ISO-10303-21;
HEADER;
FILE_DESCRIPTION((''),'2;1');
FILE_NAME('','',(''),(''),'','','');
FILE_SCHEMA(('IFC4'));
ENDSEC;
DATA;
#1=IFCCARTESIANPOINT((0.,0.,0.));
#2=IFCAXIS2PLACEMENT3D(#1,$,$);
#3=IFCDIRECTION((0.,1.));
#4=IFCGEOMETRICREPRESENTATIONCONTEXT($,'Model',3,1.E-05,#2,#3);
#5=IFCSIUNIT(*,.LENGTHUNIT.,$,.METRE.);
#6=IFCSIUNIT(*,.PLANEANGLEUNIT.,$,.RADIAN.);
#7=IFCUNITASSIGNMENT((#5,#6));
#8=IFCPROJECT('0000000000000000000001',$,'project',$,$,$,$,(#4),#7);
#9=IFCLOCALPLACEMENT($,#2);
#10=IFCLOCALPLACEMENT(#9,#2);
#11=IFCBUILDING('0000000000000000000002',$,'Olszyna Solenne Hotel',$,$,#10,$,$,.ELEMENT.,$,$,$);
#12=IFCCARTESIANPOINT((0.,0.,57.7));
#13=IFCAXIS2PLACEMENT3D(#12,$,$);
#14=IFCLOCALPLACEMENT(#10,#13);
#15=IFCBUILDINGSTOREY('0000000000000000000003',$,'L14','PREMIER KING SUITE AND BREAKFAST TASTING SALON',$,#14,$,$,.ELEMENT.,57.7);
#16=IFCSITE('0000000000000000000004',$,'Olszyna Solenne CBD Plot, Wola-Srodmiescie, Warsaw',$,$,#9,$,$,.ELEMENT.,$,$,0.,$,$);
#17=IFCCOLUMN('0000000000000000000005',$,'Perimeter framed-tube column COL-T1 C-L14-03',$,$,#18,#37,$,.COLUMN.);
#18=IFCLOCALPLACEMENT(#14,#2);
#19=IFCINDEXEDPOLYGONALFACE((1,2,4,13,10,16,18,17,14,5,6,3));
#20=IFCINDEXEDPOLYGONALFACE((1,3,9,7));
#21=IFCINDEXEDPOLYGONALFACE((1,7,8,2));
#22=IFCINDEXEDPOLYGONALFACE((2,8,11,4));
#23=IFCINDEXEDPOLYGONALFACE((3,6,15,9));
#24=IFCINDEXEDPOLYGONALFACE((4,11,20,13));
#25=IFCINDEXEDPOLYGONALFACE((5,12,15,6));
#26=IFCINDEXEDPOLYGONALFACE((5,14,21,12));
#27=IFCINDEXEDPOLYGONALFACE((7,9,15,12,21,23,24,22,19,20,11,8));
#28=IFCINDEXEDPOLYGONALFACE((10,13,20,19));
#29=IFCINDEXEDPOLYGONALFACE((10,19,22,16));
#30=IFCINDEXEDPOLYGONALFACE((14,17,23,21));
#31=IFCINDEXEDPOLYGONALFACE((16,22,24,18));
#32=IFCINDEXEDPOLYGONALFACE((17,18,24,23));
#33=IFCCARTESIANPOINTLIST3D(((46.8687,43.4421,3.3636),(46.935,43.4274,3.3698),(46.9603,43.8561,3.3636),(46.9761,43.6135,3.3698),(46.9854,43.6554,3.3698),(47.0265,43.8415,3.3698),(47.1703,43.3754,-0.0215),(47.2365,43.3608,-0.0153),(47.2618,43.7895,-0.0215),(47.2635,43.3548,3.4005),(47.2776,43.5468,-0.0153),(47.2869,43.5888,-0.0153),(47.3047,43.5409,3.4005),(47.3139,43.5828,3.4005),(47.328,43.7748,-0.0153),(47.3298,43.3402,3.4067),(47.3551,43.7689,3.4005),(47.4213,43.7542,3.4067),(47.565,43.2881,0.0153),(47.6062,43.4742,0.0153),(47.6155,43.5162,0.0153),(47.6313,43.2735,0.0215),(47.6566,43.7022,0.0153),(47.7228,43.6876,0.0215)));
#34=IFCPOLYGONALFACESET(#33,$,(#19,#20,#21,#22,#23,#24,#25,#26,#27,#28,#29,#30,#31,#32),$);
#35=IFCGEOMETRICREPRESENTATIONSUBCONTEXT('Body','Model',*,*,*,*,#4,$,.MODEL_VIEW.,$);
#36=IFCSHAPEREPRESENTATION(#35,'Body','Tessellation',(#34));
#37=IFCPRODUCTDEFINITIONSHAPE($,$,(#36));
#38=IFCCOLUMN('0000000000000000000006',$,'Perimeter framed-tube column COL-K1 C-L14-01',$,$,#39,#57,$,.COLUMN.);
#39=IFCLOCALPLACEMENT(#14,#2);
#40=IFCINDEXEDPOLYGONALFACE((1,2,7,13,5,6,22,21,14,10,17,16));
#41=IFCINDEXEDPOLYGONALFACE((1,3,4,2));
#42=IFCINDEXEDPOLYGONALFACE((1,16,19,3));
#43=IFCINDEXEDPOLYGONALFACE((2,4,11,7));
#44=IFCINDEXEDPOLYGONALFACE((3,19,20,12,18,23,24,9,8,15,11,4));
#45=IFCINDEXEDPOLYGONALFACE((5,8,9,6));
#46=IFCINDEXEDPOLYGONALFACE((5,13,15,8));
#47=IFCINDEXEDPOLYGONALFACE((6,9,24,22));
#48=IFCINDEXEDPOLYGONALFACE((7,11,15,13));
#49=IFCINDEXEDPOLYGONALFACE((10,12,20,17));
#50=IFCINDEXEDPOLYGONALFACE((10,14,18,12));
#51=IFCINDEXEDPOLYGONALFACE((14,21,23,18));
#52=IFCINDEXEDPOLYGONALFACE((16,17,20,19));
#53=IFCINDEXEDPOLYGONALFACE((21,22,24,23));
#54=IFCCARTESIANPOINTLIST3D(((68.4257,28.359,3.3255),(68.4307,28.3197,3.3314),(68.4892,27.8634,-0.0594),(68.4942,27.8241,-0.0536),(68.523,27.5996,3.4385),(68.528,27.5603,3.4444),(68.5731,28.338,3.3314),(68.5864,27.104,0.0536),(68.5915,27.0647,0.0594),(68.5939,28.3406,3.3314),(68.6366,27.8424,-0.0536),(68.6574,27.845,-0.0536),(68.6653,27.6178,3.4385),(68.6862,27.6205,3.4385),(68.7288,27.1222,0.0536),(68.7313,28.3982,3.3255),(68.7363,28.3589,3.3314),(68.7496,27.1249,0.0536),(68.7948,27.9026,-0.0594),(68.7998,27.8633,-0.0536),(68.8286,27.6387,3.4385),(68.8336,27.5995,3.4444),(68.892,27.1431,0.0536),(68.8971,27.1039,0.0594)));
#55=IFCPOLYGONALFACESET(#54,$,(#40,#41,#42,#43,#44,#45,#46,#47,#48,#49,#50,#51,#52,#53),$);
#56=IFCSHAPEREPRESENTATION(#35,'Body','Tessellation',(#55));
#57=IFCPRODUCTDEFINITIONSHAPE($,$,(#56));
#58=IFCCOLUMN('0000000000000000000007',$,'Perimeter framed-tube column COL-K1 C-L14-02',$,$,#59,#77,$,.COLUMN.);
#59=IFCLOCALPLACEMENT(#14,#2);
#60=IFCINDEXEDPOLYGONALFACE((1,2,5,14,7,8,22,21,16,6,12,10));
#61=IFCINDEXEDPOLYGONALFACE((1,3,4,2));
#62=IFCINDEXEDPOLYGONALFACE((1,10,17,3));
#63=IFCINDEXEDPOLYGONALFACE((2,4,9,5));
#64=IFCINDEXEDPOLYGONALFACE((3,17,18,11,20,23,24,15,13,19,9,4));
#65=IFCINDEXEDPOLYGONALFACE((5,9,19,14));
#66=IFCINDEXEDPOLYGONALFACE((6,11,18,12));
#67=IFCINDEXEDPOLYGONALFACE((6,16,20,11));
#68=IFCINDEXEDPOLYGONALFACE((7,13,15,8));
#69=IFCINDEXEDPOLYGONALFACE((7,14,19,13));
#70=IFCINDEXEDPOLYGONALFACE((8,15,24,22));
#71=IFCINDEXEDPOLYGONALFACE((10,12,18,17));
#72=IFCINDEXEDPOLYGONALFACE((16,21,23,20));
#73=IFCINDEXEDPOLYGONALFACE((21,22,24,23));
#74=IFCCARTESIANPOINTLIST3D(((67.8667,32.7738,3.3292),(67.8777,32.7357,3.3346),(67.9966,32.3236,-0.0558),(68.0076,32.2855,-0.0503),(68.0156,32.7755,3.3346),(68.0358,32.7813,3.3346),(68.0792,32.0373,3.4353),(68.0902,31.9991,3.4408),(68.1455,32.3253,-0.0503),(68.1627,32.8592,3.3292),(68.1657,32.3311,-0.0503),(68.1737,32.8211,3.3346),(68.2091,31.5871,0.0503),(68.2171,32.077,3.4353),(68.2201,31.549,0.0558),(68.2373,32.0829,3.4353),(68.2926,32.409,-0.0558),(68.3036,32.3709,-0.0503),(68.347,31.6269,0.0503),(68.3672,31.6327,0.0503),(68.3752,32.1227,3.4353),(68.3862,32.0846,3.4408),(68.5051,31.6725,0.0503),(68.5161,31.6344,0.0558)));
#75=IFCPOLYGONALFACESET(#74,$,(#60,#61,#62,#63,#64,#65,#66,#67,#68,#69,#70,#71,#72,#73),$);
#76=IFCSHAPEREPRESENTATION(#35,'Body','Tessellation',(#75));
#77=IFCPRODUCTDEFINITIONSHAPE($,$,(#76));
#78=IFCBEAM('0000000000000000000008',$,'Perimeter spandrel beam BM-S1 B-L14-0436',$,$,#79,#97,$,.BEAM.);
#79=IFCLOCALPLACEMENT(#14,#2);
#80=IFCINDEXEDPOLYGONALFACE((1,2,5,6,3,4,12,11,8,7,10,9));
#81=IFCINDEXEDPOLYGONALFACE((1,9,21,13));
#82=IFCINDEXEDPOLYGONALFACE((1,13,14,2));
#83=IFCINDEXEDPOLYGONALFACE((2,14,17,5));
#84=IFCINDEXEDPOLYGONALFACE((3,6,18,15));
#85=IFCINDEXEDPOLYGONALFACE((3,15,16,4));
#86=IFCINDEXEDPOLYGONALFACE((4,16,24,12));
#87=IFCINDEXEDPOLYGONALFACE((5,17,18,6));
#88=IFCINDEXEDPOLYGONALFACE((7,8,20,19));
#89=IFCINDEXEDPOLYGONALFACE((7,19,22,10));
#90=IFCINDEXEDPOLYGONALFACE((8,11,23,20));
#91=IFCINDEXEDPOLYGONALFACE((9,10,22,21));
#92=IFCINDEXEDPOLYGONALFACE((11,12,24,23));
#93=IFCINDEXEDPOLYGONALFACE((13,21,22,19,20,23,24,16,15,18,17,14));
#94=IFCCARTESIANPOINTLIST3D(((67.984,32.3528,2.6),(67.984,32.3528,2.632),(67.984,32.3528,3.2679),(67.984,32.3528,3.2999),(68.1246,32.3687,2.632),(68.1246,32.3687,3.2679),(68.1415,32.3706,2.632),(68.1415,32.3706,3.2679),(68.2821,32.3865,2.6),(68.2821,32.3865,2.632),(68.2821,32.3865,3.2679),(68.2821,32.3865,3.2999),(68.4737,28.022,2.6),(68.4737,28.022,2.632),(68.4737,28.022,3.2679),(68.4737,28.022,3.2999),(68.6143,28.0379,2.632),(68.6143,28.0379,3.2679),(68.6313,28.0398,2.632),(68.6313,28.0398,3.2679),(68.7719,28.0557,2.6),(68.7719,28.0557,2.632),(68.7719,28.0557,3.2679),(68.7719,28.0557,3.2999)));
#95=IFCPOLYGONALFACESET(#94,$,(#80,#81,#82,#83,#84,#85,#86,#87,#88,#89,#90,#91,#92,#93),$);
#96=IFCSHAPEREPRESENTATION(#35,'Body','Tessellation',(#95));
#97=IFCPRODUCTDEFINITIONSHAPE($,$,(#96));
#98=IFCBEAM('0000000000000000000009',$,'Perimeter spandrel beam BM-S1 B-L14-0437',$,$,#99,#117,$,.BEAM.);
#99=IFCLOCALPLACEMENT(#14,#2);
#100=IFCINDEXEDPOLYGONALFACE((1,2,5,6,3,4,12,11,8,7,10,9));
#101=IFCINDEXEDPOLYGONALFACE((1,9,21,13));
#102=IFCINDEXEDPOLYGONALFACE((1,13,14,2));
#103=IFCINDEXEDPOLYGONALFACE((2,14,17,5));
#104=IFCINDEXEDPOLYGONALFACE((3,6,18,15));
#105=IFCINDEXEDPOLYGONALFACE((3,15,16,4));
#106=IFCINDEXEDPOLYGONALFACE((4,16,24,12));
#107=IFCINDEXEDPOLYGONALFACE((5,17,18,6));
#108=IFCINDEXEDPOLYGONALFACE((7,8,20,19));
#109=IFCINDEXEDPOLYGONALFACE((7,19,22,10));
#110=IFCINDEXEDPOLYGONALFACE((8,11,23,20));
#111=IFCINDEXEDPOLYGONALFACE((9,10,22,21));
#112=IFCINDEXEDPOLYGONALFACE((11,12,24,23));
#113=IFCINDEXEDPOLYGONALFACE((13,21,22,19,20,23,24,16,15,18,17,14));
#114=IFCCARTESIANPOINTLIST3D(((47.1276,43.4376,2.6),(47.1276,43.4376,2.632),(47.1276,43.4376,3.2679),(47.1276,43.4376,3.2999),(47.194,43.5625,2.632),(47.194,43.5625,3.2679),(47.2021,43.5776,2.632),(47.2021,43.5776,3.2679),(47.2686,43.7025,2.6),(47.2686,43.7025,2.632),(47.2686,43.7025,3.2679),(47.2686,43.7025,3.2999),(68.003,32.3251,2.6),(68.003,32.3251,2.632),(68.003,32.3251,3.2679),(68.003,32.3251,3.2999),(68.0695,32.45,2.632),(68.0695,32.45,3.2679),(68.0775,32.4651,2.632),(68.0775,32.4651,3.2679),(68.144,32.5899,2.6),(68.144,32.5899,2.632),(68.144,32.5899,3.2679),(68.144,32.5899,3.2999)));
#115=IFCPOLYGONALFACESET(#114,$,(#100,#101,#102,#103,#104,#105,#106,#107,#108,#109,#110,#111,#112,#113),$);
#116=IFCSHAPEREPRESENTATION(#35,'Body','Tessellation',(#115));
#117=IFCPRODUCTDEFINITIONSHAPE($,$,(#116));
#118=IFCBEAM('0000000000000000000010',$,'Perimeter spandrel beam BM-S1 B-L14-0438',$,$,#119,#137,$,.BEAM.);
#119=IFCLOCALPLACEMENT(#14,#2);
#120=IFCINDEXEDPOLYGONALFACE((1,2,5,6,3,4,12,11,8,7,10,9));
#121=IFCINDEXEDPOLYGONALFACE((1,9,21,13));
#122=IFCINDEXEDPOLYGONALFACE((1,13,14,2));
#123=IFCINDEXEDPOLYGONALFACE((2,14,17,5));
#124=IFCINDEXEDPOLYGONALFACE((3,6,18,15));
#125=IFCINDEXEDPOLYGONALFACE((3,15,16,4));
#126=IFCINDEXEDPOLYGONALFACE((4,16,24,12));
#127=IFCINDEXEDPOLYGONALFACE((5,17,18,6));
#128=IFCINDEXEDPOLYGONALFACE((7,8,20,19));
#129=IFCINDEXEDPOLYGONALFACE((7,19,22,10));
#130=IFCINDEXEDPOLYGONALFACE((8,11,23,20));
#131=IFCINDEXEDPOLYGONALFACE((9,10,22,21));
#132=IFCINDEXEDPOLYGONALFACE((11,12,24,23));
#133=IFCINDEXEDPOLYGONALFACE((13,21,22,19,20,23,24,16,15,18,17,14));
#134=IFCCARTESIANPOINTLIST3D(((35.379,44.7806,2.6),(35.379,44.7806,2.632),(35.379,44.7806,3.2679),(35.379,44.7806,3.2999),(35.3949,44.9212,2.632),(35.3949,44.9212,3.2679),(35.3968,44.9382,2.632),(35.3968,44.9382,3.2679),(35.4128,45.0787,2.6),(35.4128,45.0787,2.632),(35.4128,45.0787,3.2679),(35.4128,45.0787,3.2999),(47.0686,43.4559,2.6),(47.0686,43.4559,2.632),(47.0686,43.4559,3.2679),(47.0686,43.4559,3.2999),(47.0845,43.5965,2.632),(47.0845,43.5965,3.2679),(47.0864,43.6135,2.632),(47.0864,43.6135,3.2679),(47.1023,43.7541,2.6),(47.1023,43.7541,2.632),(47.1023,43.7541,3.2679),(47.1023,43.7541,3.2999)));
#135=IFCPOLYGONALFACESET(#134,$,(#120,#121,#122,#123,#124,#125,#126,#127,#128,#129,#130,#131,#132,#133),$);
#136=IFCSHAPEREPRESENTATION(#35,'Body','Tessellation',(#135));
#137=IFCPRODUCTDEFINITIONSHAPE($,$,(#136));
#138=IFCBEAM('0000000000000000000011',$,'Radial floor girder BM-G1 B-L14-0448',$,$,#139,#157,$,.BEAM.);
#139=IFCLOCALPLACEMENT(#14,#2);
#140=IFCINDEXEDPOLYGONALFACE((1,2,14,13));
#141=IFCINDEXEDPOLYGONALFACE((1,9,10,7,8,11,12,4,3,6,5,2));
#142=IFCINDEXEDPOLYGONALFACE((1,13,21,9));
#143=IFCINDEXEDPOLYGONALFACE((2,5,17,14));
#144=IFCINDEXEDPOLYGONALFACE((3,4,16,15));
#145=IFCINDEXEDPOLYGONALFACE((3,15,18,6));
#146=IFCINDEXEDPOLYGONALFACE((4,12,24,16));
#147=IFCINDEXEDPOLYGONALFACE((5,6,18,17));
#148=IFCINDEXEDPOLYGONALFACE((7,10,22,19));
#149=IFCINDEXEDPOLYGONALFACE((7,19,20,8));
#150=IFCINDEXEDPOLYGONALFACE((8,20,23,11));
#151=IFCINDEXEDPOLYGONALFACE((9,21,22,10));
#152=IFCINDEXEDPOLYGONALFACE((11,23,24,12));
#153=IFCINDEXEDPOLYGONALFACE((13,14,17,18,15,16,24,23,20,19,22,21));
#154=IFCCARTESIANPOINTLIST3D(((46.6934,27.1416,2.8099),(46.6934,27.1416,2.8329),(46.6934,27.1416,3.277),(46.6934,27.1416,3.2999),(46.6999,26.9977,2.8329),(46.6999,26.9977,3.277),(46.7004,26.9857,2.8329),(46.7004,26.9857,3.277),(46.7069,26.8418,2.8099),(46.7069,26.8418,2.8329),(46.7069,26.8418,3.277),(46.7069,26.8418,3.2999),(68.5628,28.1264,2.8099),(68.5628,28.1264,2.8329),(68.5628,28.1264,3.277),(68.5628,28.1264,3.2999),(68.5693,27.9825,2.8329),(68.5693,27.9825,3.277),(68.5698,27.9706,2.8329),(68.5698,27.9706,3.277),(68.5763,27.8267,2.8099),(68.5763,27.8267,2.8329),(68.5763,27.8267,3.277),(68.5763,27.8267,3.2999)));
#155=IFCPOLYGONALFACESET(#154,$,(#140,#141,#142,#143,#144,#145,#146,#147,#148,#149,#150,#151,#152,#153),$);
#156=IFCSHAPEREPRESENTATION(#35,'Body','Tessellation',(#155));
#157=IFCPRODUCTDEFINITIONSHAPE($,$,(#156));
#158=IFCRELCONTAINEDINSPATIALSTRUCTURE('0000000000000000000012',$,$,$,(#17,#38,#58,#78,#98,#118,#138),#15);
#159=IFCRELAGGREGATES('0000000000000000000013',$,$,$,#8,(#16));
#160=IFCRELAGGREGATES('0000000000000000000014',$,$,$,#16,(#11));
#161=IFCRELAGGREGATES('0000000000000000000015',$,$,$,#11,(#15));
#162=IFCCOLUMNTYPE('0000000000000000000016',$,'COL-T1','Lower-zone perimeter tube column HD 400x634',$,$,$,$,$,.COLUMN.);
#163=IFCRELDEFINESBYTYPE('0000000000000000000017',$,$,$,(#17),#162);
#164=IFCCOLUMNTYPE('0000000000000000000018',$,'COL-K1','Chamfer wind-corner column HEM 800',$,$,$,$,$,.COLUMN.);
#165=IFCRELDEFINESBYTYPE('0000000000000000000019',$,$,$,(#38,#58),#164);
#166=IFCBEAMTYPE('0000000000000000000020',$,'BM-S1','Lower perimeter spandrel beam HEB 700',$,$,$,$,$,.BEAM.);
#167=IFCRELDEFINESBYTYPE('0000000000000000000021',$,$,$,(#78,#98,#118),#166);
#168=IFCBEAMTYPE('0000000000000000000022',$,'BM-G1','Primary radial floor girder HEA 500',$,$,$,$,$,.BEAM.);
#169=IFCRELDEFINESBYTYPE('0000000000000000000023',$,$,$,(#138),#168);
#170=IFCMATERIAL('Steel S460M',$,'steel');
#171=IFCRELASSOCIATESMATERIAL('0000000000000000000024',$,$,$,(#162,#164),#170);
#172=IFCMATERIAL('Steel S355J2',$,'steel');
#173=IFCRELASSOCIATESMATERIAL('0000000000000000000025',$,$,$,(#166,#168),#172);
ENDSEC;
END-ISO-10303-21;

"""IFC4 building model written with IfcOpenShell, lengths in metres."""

from ifc_helpers import new_model, si_unit, direction, frame, origin, origin_2d, place, context, subcontext, project, spatial, i_section, extrude, source, transform, mapped, material, material_profile, profile_set, type_object, element, save


model = new_model("IFC4")

# Units and contexts
model_context = context("Model", 3, precision=1e-05, world=origin(), true_north=direction((0.0, 1.0)))
body_context = subcontext(model_context, "Body", "Model", "MODEL_VIEW")
ifc_project = project(units=[si_unit("LENGTHUNIT", "METRE"), si_unit("PLANEANGLEUNIT", "RADIAN")], contexts=[model_context])

# Site, building, storey
site_placement = place(None, origin())
site = spatial("IfcSite", under=ifc_project, at=site_placement, Name="Olszyna Solenne CBD Plot, Wola-Srodmiescie, Warsaw", CompositionType="ELEMENT", RefElevation=0.0)
building_placement = place(site_placement, origin())
building = spatial("IfcBuilding", under=site, at=building_placement, Name="Olszyna Solenne Hotel", CompositionType="ELEMENT")
storey_placement = place(building_placement, frame((0.0, 0.0, 57.7)))
storey = spatial("IfcBuildingStorey", under=building, at=storey_placement, Name="L14", Description="PREMIER KING SUITE AND BREAKFAST TASTING SALON", CompositionType="ELEMENT", Elevation=57.7)

# Columns
ifc_material_1 = material(Name="Steel S460M", Category="steel")
ifc_material_profile_1 = material_profile(ifc_material_1, i_section(OverallWidth=0.4241, OverallDepth=0.4741, WebThickness=0.043, FlangeThickness=0.0681, at=origin_2d()), Name="HD 400x634", Category="load-bearing")
ifc_profile_set_1 = profile_set([ifc_material_profile_1], Name="Steel S460M")
column_type_1 = type_object("IfcColumnType", Name="COL-T1", Description="Lower-zone perimeter tube column HD 400x634", PredefinedType="COLUMN", material=ifc_profile_set_1)
shared_shape_1 = source(origin(), body_context, "Body", "SweptSolid", [
    extrude(i_section(OverallWidth=0.4241, OverallDepth=0.4741, WebThickness=0.043, FlangeThickness=0.0681, at=origin_2d()), origin(), (0.0, 0.0, 1.0), 3.3992),
])
column_1_placement = place(storey_placement, frame((47.4465, 43.5315, 0.0), z_axis=(-0.088705, 0.019608, 0.995865), x_axis=(-0.215842, -0.976428, 0.0)))
element("IfcColumn", 1, at=column_1_placement, inside=storey, type_object=column_type_1, Name="Perimeter framed-tube column COL-T1 C-L14-03", PredefinedType="COLUMN", context=body_context, shape_type="MappedRepresentation", body=[
    mapped(shared_shape_1, transform((0.0, 0.0, 0.0), x_axis=(1.0, 0.0, 0.0), y_axis=(0.0, 1.0, 0.0), z_axis=(0.0, 0.0, 1.0), scale=1.0)),
])
ifc_material_profile_2 = material_profile(ifc_material_1, i_section(OverallWidth=0.3081, OverallDepth=0.814, WebThickness=0.021, FlangeThickness=0.04, at=origin_2d()), Name="HEM 800", Category="load-bearing")
ifc_profile_set_2 = profile_set([ifc_material_profile_2], Name="Steel S460M")
column_type_2 = type_object("IfcColumnType", Name="COL-K1", Description="Chamfer wind-corner column HEM 800", PredefinedType="COLUMN", material=ifc_profile_set_2)
shared_shape_2 = source(origin(), body_context, "Body", "SweptSolid", [
    extrude(i_section(OverallWidth=0.3081, OverallDepth=0.814, WebThickness=0.021, FlangeThickness=0.04, at=origin_2d()), origin(), (0.0, 0.0, 1.0), 3.4216),
])
column_2_placement = place(storey_placement, frame((68.6931, 27.4836, 0.0), z_axis=(-0.018551, 0.144842, 0.989281), x_axis=(-0.991897, -0.127041, 0.0)))
element("IfcColumn", 2, at=column_2_placement, inside=storey, type_object=column_type_2, Name="Perimeter framed-tube column COL-K1 C-L14-01", PredefinedType="COLUMN", context=body_context, shape_type="MappedRepresentation", body=[
    mapped(shared_shape_2, transform((0.0, 0.0, 0.0), x_axis=(1.0, 0.0, 0.0), y_axis=(0.0, 1.0, 0.0), z_axis=(0.0, 0.0, 1.0), scale=1.0)),
])
shared_shape_3 = source(origin(), body_context, "Body", "SweptSolid", [
    extrude(i_section(OverallWidth=0.3081, OverallDepth=0.814, WebThickness=0.021, FlangeThickness=0.04, at=origin_2d()), origin(), (0.0, 0.0, 1.0), 3.4172),
])
column_3_placement = place(storey_placement, frame((68.2563, 31.979, 0.0), z_axis=(-0.038008, 0.131741, 0.990555), x_axis=(-0.960813, -0.277198, 0.0)))
element("IfcColumn", 3, at=column_3_placement, inside=storey, type_object=column_type_2, Name="Perimeter framed-tube column COL-K1 C-L14-02", PredefinedType="COLUMN", context=body_context, shape_type="MappedRepresentation", body=[
    mapped(shared_shape_3, transform((0.0, 0.0, 0.0), x_axis=(1.0, 0.0, 0.0), y_axis=(0.0, 1.0, 0.0), z_axis=(0.0, 0.0, 1.0), scale=1.0)),
])

# Beams
ifc_material_2 = material(Name="Steel S355J2", Category="steel")
ifc_material_profile_3 = material_profile(ifc_material_2, i_section(OverallWidth=0.3, OverallDepth=0.7, WebThickness=0.0171, FlangeThickness=0.032, at=origin_2d()), Name="HEB 700", Category="load-bearing")
ifc_profile_set_3 = profile_set([ifc_material_profile_3], Name="Steel S355J2")
beam_type_1 = type_object("IfcBeamType", Name="BM-S1", Description="Lower perimeter spandrel beam HEB 700", PredefinedType="BEAM", material=ifc_profile_set_3)
shared_shape_4 = source(origin(), body_context, "Body", "SweptSolid", [
    extrude(i_section(OverallWidth=0.3, OverallDepth=0.7, WebThickness=0.0171, FlangeThickness=0.032, at=origin_2d()), origin(), (0.0, 0.0, 1.0), 4.3584),
])
beam_1_placement = place(storey_placement, frame((68.6228, 28.0388, 2.95), z_axis=(-0.112368, 0.993667, 0.0), x_axis=(-0.993667, -0.112368, 0.0)))
element("IfcBeam", 4, at=beam_1_placement, inside=storey, type_object=beam_type_1, Name="Perimeter spandrel beam BM-S1 B-L14-0436", PredefinedType="BEAM", context=body_context, shape_type="MappedRepresentation", body=[
    mapped(shared_shape_4, transform((0.0, 0.0, 0.0), x_axis=(1.0, 0.0, 0.0), y_axis=(0.0, 1.0, 0.0), z_axis=(0.0, 0.0, 1.0), scale=1.0)),
])
shared_shape_5 = source(origin(), body_context, "Body", "SweptSolid", [
    extrude(i_section(OverallWidth=0.3, OverallDepth=0.7, WebThickness=0.0171, FlangeThickness=0.032, at=origin_2d()), origin(), (0.0, 0.0, 1.0), 23.6489),
])
beam_2_placement = place(storey_placement, frame((68.0735, 32.4575, 2.95), z_axis=(-0.882722, 0.469895, 0.0), x_axis=(-0.469895, -0.882722, 0.0)))
element("IfcBeam", 5, at=beam_2_placement, inside=storey, type_object=beam_type_1, Name="Perimeter spandrel beam BM-S1 B-L14-0437", PredefinedType="BEAM", context=body_context, shape_type="MappedRepresentation", body=[
    mapped(shared_shape_5, transform((0.0, 0.0, 0.0), x_axis=(1.0, 0.0, 0.0), y_axis=(0.0, 1.0, 0.0), z_axis=(0.0, 0.0, 1.0), scale=1.0)),
])
shared_shape_6 = source(origin(), body_context, "Body", "SweptSolid", [
    extrude(i_section(OverallWidth=0.3, OverallDepth=0.7, WebThickness=0.0171, FlangeThickness=0.032, at=origin_2d()), origin(), (0.0, 0.0, 1.0), 11.7644),
])
beam_3_placement = place(storey_placement, frame((47.0854, 43.605, 2.95), z_axis=(-0.99364, 0.112602, 0.0), x_axis=(-0.112602, -0.99364, 0.0)))
element("IfcBeam", 6, at=beam_3_placement, inside=storey, type_object=beam_type_1, Name="Perimeter spandrel beam BM-S1 B-L14-0438", PredefinedType="BEAM", context=body_context, shape_type="MappedRepresentation", body=[
    mapped(shared_shape_6, transform((0.0, 0.0, 0.0), x_axis=(1.0, 0.0, 0.0), y_axis=(0.0, 1.0, 0.0), z_axis=(0.0, 0.0, 1.0), scale=1.0)),
])
ifc_material_profile_4 = material_profile(ifc_material_2, i_section(OverallWidth=0.3, OverallDepth=0.49, WebThickness=0.012, FlangeThickness=0.0229, at=origin_2d()), Name="HEA 500", Category="load-bearing")
ifc_profile_set_4 = profile_set([ifc_material_profile_4], Name="Steel S355J2")
beam_type_2 = type_object("IfcBeamType", Name="BM-G1", Description="Primary radial floor girder HEA 500", PredefinedType="BEAM", material=ifc_profile_set_4)
shared_shape_7 = source(origin(), body_context, "Body", "SweptSolid", [
    extrude(i_section(OverallWidth=0.3, OverallDepth=0.49, WebThickness=0.012, FlangeThickness=0.0229, at=origin_2d()), origin(), (0.0, 0.0, 1.0), 21.8916),
])
beam_4_placement = place(storey_placement, frame((68.5696, 27.9766, 3.0549), z_axis=(-0.998988, -0.044988, 0.0), x_axis=(0.044988, -0.998988, 0.0)))
element("IfcBeam", 7, at=beam_4_placement, inside=storey, type_object=beam_type_2, Name="Radial floor girder BM-G1 B-L14-0448", PredefinedType="BEAM", context=body_context, shape_type="MappedRepresentation", body=[
    mapped(shared_shape_7, transform((0.0, 0.0, 0.0), x_axis=(1.0, 0.0, 0.0), y_axis=(0.0, 1.0, 0.0), z_axis=(0.0, 0.0, 1.0), scale=1.0)),
])

save(model, "model.ifc")
